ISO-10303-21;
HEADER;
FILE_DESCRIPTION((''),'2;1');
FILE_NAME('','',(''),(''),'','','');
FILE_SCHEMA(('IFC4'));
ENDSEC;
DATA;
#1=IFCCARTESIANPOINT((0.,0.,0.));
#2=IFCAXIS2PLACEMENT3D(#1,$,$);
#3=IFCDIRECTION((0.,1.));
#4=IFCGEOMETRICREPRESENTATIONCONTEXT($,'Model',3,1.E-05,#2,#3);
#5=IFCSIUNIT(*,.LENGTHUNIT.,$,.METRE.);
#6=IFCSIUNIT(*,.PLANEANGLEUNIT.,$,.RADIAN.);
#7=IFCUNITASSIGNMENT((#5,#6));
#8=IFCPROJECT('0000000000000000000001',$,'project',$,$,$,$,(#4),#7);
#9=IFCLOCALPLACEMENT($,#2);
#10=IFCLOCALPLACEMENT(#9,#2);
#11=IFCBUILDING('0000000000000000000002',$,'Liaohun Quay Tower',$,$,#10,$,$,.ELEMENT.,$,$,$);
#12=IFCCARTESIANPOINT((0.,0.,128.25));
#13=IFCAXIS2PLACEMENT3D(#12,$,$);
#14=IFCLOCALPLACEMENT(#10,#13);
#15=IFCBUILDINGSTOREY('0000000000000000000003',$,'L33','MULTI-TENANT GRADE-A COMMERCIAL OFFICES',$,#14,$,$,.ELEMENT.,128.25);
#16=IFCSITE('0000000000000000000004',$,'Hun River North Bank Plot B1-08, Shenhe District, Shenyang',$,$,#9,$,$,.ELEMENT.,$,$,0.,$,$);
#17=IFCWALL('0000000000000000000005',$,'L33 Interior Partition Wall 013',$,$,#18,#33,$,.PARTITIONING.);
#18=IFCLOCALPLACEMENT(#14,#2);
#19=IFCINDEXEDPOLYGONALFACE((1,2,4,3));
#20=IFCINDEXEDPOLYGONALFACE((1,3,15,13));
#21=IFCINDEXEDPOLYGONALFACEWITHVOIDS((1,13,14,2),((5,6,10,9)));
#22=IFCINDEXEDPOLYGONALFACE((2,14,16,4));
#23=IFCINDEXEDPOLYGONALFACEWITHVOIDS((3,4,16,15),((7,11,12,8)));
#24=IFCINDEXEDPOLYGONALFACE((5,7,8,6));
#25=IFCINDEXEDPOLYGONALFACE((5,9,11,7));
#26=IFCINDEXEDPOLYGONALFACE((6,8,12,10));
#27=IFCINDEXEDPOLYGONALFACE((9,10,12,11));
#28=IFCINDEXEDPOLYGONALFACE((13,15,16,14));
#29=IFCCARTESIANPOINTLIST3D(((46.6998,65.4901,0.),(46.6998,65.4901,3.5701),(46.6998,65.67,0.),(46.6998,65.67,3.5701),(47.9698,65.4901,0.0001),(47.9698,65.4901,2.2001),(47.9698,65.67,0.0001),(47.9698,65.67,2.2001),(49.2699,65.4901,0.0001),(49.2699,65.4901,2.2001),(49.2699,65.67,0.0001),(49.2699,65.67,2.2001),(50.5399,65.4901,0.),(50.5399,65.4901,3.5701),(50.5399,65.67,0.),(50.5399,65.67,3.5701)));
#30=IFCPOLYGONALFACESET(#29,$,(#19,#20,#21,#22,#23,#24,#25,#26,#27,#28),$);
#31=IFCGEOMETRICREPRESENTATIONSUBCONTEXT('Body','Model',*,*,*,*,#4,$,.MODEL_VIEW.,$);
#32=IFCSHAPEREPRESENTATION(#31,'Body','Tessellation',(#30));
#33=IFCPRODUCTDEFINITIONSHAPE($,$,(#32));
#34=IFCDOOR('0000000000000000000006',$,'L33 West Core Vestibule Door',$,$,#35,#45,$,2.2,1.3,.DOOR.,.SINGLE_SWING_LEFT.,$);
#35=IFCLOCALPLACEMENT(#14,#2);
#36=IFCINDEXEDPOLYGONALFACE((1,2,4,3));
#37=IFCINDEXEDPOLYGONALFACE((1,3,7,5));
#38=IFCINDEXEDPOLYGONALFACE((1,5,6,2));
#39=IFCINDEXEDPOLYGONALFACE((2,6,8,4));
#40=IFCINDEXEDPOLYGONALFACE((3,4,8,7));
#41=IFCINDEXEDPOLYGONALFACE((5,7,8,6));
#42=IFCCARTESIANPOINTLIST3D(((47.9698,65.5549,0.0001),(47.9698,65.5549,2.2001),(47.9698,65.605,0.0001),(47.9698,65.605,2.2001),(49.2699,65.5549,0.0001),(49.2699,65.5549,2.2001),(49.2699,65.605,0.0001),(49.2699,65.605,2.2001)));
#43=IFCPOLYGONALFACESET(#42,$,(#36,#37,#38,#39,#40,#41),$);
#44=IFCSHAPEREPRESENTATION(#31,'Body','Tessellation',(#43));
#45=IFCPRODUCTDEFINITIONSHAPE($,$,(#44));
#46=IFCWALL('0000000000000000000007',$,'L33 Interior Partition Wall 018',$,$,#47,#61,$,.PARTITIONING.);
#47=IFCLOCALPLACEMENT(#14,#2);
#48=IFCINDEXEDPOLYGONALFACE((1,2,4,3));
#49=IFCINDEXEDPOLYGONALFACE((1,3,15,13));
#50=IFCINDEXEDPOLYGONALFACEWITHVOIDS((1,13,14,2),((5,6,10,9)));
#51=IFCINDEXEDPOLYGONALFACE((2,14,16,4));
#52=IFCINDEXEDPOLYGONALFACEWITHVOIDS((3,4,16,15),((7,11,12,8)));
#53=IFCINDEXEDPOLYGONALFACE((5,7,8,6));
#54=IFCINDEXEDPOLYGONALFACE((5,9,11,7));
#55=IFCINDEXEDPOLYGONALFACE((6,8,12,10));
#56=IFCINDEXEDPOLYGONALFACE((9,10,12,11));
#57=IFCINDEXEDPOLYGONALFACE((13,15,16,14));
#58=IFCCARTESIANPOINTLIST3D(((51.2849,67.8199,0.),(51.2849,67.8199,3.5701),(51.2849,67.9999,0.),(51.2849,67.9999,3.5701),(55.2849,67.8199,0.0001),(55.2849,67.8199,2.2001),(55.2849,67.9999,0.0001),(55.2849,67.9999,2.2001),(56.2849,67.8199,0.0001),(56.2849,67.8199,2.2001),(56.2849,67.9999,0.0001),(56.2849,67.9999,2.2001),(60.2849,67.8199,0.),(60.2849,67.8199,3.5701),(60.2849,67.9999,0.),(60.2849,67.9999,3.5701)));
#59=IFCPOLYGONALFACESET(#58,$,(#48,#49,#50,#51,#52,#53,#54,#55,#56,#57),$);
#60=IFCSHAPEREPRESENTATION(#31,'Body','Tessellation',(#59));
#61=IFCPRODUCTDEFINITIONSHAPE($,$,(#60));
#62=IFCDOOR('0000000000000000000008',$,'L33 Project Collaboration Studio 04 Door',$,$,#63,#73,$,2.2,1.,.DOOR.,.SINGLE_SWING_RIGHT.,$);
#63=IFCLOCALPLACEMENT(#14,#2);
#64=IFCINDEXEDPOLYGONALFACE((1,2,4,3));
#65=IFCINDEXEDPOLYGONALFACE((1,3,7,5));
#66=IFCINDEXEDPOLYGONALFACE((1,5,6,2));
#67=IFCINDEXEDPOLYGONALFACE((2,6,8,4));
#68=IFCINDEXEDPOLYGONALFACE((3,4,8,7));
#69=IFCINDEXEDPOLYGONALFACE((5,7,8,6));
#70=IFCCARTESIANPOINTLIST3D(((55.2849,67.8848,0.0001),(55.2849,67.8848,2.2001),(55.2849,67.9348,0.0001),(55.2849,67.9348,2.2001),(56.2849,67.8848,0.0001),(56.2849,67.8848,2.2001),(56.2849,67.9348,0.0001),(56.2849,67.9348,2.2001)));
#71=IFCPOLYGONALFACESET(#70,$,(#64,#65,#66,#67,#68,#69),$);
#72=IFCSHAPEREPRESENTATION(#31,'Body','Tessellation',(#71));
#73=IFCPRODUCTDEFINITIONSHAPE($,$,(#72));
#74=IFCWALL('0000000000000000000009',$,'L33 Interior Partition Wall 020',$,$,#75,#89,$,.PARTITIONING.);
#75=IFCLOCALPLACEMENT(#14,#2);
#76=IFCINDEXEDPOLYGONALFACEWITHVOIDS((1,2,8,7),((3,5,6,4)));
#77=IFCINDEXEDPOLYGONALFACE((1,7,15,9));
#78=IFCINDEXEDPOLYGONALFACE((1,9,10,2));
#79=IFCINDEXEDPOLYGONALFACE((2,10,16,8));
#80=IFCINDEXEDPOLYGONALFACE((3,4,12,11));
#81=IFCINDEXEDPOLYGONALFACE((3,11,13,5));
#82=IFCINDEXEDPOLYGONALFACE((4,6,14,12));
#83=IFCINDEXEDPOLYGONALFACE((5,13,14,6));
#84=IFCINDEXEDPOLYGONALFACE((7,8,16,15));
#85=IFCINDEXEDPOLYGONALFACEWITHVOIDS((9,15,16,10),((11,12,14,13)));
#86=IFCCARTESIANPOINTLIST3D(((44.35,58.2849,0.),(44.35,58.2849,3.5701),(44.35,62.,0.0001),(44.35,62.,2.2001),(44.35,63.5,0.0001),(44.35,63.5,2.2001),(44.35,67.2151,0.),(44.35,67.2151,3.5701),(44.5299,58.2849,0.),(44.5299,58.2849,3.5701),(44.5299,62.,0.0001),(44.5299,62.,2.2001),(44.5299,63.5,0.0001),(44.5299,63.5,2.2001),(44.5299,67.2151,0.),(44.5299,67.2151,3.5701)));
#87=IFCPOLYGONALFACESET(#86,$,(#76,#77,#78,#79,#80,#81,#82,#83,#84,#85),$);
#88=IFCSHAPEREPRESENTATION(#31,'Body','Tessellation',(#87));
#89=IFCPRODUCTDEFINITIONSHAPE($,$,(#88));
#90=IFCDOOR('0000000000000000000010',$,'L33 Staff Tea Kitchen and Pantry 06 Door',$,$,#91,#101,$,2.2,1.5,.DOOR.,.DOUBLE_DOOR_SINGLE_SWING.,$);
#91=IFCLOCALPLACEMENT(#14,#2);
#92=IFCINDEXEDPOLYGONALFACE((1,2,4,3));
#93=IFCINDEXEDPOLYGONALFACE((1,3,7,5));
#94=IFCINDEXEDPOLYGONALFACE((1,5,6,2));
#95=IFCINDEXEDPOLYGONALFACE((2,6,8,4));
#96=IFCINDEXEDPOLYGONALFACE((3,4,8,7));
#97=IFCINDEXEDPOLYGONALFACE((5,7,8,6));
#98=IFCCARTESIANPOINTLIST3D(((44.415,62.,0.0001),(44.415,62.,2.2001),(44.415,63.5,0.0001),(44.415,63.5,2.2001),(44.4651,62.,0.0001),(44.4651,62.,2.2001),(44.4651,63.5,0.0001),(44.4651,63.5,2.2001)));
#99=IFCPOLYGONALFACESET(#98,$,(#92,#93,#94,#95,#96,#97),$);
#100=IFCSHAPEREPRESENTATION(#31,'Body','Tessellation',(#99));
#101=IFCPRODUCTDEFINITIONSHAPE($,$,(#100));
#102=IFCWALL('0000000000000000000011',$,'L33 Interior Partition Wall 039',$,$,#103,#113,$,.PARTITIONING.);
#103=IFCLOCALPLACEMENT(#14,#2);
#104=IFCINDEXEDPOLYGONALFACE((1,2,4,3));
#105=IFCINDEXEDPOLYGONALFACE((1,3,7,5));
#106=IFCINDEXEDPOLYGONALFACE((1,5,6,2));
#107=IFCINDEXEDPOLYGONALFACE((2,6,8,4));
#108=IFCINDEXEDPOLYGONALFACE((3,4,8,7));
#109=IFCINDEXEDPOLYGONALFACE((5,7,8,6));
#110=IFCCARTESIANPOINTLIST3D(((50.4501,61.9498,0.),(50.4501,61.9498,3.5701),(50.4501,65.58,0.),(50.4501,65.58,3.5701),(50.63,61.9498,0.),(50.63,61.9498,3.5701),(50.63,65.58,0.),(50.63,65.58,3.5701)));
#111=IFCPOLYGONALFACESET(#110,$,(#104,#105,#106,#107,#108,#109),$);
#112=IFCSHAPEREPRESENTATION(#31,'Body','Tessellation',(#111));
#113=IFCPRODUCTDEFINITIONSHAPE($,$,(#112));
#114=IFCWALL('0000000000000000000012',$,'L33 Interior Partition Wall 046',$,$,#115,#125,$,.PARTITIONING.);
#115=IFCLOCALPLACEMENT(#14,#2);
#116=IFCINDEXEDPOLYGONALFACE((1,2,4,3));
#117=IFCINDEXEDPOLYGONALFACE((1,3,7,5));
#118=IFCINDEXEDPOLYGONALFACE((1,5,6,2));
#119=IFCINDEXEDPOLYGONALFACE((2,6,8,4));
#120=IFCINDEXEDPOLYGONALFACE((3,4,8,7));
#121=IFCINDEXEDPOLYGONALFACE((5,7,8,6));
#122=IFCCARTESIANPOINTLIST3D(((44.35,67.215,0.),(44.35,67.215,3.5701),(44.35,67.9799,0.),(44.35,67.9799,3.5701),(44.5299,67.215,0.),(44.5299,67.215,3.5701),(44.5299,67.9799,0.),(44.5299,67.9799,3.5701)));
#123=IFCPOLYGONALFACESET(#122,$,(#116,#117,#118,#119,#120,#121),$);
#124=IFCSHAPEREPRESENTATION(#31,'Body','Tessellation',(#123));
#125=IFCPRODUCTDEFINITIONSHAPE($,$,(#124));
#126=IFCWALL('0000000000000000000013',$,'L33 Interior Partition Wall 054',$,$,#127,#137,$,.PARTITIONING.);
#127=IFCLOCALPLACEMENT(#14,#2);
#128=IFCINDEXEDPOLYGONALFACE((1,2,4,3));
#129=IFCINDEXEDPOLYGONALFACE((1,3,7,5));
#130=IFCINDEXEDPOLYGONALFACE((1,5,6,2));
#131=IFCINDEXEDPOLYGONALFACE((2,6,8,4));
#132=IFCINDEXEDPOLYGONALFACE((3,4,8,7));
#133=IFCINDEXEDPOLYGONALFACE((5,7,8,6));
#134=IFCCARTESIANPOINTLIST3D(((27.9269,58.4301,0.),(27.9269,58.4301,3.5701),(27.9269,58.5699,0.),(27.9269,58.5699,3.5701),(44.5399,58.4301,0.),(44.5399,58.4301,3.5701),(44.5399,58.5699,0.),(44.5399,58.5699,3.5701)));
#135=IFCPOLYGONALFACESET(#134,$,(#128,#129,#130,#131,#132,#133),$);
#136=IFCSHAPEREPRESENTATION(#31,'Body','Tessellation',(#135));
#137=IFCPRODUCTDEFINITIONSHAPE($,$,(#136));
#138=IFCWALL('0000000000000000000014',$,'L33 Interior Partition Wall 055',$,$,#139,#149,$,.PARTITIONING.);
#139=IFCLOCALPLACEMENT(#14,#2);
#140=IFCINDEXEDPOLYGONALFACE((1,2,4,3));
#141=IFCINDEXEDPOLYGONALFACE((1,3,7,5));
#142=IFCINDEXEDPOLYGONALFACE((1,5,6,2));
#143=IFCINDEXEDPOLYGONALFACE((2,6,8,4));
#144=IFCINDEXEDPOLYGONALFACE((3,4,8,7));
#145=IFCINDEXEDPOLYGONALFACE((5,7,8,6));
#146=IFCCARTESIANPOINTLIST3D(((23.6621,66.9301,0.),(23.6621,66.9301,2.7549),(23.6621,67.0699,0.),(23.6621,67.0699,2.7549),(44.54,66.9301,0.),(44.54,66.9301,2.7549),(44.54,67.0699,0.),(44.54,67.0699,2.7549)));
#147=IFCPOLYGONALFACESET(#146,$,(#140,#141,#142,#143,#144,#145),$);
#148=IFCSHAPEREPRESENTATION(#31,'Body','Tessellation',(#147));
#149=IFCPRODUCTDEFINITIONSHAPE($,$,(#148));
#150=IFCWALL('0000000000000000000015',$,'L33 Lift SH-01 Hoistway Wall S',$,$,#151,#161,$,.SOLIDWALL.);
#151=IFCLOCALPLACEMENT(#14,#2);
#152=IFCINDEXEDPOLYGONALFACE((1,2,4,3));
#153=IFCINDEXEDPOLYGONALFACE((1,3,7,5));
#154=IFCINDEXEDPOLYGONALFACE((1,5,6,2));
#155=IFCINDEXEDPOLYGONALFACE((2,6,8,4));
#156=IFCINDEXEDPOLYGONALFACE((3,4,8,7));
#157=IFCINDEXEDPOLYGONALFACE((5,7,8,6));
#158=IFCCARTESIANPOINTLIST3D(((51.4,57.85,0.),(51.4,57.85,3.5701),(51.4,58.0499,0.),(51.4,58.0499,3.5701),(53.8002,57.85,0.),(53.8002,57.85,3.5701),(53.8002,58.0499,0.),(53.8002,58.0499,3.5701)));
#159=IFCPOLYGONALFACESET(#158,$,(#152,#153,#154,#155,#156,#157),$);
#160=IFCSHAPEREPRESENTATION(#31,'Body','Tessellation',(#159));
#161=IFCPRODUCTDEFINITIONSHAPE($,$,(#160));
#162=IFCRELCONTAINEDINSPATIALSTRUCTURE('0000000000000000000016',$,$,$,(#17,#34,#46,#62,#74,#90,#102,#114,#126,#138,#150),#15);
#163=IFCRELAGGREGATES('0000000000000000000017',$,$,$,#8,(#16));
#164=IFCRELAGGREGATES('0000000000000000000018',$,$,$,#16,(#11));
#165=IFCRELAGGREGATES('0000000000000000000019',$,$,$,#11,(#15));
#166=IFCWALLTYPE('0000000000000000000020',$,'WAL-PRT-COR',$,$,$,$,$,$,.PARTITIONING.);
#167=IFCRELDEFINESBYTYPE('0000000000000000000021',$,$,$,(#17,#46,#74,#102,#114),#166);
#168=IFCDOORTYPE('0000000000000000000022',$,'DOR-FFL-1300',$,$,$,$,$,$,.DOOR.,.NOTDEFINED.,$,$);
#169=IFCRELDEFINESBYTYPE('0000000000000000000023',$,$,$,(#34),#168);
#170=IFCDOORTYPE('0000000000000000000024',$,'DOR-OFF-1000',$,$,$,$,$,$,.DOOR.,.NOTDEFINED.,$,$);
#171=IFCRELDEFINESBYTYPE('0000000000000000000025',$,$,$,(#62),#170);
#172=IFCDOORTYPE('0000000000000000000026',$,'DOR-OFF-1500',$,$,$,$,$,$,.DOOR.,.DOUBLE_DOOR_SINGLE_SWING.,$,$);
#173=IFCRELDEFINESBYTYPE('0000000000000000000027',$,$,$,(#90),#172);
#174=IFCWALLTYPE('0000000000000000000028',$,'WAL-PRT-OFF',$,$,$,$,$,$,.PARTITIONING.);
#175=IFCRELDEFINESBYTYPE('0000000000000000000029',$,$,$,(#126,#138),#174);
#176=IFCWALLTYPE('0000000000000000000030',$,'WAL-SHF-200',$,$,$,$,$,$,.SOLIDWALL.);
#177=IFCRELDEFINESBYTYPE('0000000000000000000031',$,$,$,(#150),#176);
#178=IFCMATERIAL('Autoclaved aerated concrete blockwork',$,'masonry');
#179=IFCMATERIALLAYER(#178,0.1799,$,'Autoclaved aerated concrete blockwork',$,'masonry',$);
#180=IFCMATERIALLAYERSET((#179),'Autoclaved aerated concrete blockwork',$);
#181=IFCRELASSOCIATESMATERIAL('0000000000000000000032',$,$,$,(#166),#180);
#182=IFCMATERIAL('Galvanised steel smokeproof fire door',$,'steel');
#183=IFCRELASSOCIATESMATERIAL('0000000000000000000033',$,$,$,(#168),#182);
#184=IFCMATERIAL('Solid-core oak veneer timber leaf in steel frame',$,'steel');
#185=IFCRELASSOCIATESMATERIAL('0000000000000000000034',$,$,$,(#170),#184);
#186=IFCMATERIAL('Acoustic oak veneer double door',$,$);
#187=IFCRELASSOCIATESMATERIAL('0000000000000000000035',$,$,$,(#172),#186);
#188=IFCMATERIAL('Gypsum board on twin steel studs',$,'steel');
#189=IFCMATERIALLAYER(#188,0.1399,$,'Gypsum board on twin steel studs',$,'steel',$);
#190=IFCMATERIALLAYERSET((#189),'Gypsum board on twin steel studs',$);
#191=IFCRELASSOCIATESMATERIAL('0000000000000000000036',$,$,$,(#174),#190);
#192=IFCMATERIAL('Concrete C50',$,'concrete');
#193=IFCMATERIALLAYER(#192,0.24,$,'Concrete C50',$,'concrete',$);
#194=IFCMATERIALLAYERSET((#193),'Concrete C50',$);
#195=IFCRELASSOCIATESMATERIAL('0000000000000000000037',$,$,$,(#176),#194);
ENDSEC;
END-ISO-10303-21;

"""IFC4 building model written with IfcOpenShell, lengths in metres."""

from ifc_helpers import new_model, si_unit, direction, frame, frame_2d, origin, place, context, subcontext, project, spatial, rectangle, extrude, source, transform, mapped, material, layer, layer_set, type_object, element, fill, save


model = new_model("IFC4")

# Units and contexts
model_context = context("Model", 3, precision=1e-05, world=origin(), true_north=direction((0.0, 1.0)))
body_context = subcontext(model_context, "Body", "Model", "MODEL_VIEW")
ifc_project = project(units=[si_unit("LENGTHUNIT", "METRE"), si_unit("PLANEANGLEUNIT", "RADIAN")], contexts=[model_context])

# Site, building, storey
site_placement = place(None, origin())
site = spatial("IfcSite", under=ifc_project, at=site_placement, Name="Hun River North Bank Plot B1-08, Shenhe District, Shenyang", CompositionType="ELEMENT", RefElevation=0.0)
building_placement = place(site_placement, origin())
building = spatial("IfcBuilding", under=site, at=building_placement, Name="Liaohun Quay Tower", CompositionType="ELEMENT")
storey_placement = place(building_placement, frame((0.0, 0.0, 128.25)))
storey = spatial("IfcBuildingStorey", under=building, at=storey_placement, Name="L33", Description="MULTI-TENANT GRADE-A COMMERCIAL OFFICES", CompositionType="ELEMENT", Elevation=128.25)

# Walls, openings, doors
ifc_material_1 = material(Name="Autoclaved aerated concrete blockwork", Category="masonry")
ifc_layer_1 = layer(ifc_material_1, 0.1799, Name="Autoclaved aerated concrete blockwork", Category="masonry")
ifc_layer_set_1 = layer_set([ifc_layer_1], Name="Autoclaved aerated concrete blockwork")
wall_type_1 = type_object("IfcWallType", Name="WAL-PRT-COR", PredefinedType="PARTITIONING", material=ifc_layer_set_1)
wall_1_placement = place(storey_placement, frame((46.7, 65.5801, 0.0), z_axis=(0.0, 0.0, 1.0), x_axis=(1.0, 0.0, 0.0)))
wall_1 = element("IfcWall", 1, at=wall_1_placement, inside=storey, type_object=wall_type_1, Name="L33 Interior Partition Wall 013", PredefinedType="PARTITIONING", context=body_context, shape_type="SweptSolid", body=[
    extrude(rectangle(XDim=3.8401, YDim=0.1799, at=frame_2d((1.9199, 0.0))), origin(), (0.0, 0.0, 1.0), 3.5701),
])
shared_shape_1 = source(origin(), body_context, "Body", "SweptSolid", [
    extrude(rectangle(XDim=1.3, YDim=2.2, at=frame_2d((0.6499, 1.1001))), frame((0.0, 0.0999, 0.0), z_axis=(0.0, -1.0, 0.0), x_axis=(1.0, 0.0, 0.0)), (0.0, 0.0, 1.0), 0.2),
])
opening_1_placement = place(wall_1_placement, frame((1.27, 0.0, 0.0)))
opening_1 = element("IfcOpeningElement", 2, at=opening_1_placement, cuts=wall_1, PredefinedType="OPENING", context=body_context, shape_type="MappedRepresentation", body=[
    mapped(shared_shape_1, transform((0.0, 0.0, 0.0), x_axis=(1.0, 0.0, 0.0), y_axis=(0.0, 1.0, 0.0), z_axis=(0.0, 0.0, 1.0), scale=1.0)),
])
ifc_material_2 = material(Name="Galvanised steel smokeproof fire door", Category="steel")
door_type_1 = type_object("IfcDoorType", Name="DOR-FFL-1300", OperationType="NOTDEFINED", PredefinedType="DOOR", material=ifc_material_2)
shared_shape_2 = source(origin(), body_context, "Body", "SweptSolid", [
    extrude(rectangle(XDim=1.3, YDim=2.2, at=frame_2d((0.6499, 1.1001))), frame((0.0, 0.0249, 0.0), z_axis=(0.0, -1.0, 0.0), x_axis=(1.0, 0.0, 0.0)), (0.0, 0.0, 1.0), 0.05),
])
door_1_placement = place(opening_1_placement, origin())
door_1 = element("IfcDoor", 3, at=door_1_placement, inside=storey, type_object=door_type_1, Name="L33 West Core Vestibule Door", OperationType="SINGLE_SWING_LEFT", OverallHeight=2.2, OverallWidth=1.3, PredefinedType="DOOR", context=body_context, shape_type="MappedRepresentation", body=[
    mapped(shared_shape_2, transform((0.0, 0.0, 0.0), x_axis=(1.0, 0.0, 0.0), y_axis=(0.0, 1.0, 0.0), z_axis=(0.0, 0.0, 1.0), scale=1.0)),
])
fill(opening_1, door_1)
wall_2_placement = place(storey_placement, frame((51.2849, 67.9099, 0.0), z_axis=(0.0, 0.0, 1.0), x_axis=(1.0, 0.0, 0.0)))
wall_2 = element("IfcWall", 4, at=wall_2_placement, inside=storey, type_object=wall_type_1, Name="L33 Interior Partition Wall 018", PredefinedType="PARTITIONING", context=body_context, shape_type="SweptSolid", body=[
    extrude(rectangle(XDim=9.0, YDim=0.1799, at=frame_2d((4.5, 0.0))), origin(), (0.0, 0.0, 1.0), 3.5701),
])
shared_shape_3 = source(origin(), body_context, "Body", "SweptSolid", [
    extrude(rectangle(XDim=1.0, YDim=2.2, at=frame_2d((0.5, 1.1001))), frame((0.0, 0.0999, 0.0), z_axis=(0.0, -1.0, 0.0), x_axis=(1.0, 0.0, 0.0)), (0.0, 0.0, 1.0), 0.2),
])
opening_2_placement = place(wall_2_placement, frame((4.0, 0.0, 0.0)))
opening_2 = element("IfcOpeningElement", 5, at=opening_2_placement, cuts=wall_2, PredefinedType="OPENING", context=body_context, shape_type="MappedRepresentation", body=[
    mapped(shared_shape_3, transform((0.0, 0.0, 0.0), x_axis=(1.0, 0.0, 0.0), y_axis=(0.0, 1.0, 0.0), z_axis=(0.0, 0.0, 1.0), scale=1.0)),
])
ifc_material_3 = material(Name="Solid-core oak veneer timber leaf in steel frame", Category="steel")
door_type_2 = type_object("IfcDoorType", Name="DOR-OFF-1000", OperationType="NOTDEFINED", PredefinedType="DOOR", material=ifc_material_3)
shared_shape_4 = source(origin(), body_context, "Body", "SweptSolid", [
    extrude(rectangle(XDim=1.0, YDim=2.2, at=frame_2d((0.5, 1.1001))), frame((0.0, 0.0249, 0.0), z_axis=(0.0, -1.0, 0.0), x_axis=(1.0, 0.0, 0.0)), (0.0, 0.0, 1.0), 0.05),
])
door_2_placement = place(opening_2_placement, origin())
door_2 = element("IfcDoor", 6, at=door_2_placement, inside=storey, type_object=door_type_2, Name="L33 Project Collaboration Studio 04 Door", OperationType="SINGLE_SWING_RIGHT", OverallHeight=2.2, OverallWidth=1.0, PredefinedType="DOOR", context=body_context, shape_type="MappedRepresentation", body=[
    mapped(shared_shape_4, transform((0.0, 0.0, 0.0), x_axis=(1.0, 0.0, 0.0), y_axis=(0.0, 1.0, 0.0), z_axis=(0.0, 0.0, 1.0), scale=1.0)),
])
fill(opening_2, door_2)
wall_3_placement = place(storey_placement, frame((44.4399, 58.2849, 0.0), z_axis=(0.0, 0.0, 1.0), x_axis=(0.0, 1.0, 0.0)))
wall_3 = element("IfcWall", 7, at=wall_3_placement, inside=storey, type_object=wall_type_1, Name="L33 Interior Partition Wall 020", PredefinedType="PARTITIONING", context=body_context, shape_type="SweptSolid", body=[
    extrude(rectangle(XDim=8.9302, YDim=0.1799, at=frame_2d((4.4651, 0.0))), origin(), (0.0, 0.0, 1.0), 3.5701),
])
shared_shape_5 = source(origin(), body_context, "Body", "SweptSolid", [
    extrude(rectangle(XDim=1.5, YDim=2.2, at=frame_2d((0.75, 1.1001))), frame((0.0, 0.0999, 0.0), z_axis=(0.0, -1.0, 0.0), x_axis=(1.0, 0.0, 0.0)), (0.0, 0.0, 1.0), 0.2),
])
opening_3_placement = place(wall_3_placement, frame((3.7151, 0.0, 0.0)))
opening_3 = element("IfcOpeningElement", 8, at=opening_3_placement, cuts=wall_3, PredefinedType="OPENING", context=body_context, shape_type="MappedRepresentation", body=[
    mapped(shared_shape_5, transform((0.0, 0.0, 0.0), x_axis=(1.0, 0.0, 0.0), y_axis=(0.0, 1.0, 0.0), z_axis=(0.0, 0.0, 1.0), scale=1.0)),
])
ifc_material_4 = material(Name="Acoustic oak veneer double door")
door_type_3 = type_object("IfcDoorType", Name="DOR-OFF-1500", OperationType="DOUBLE_DOOR_SINGLE_SWING", PredefinedType="DOOR", material=ifc_material_4)
shared_shape_6 = source(origin(), body_context, "Body", "SweptSolid", [
    extrude(rectangle(XDim=1.5, YDim=2.2, at=frame_2d((0.75, 1.1001))), frame((0.0, 0.0249, 0.0), z_axis=(0.0, -1.0, 0.0), x_axis=(1.0, 0.0, 0.0)), (0.0, 0.0, 1.0), 0.05),
])
door_3_placement = place(opening_3_placement, origin())
door_3 = element("IfcDoor", 9, at=door_3_placement, inside=storey, type_object=door_type_3, Name="L33 Staff Tea Kitchen and Pantry 06 Door", OperationType="DOUBLE_DOOR_SINGLE_SWING", OverallHeight=2.2, OverallWidth=1.5, PredefinedType="DOOR", context=body_context, shape_type="MappedRepresentation", body=[
    mapped(shared_shape_6, transform((0.0, 0.0, 0.0), x_axis=(1.0, 0.0, 0.0), y_axis=(0.0, 1.0, 0.0), z_axis=(0.0, 0.0, 1.0), scale=1.0)),
])
fill(opening_3, door_3)

# Walls
wall_4_placement = place(storey_placement, frame((50.54, 61.95, 0.0), z_axis=(0.0, 0.0, 1.0), x_axis=(0.0, 1.0, 0.0)))
element("IfcWall", 10, at=wall_4_placement, inside=storey, type_object=wall_type_1, Name="L33 Interior Partition Wall 039", PredefinedType="PARTITIONING", context=body_context, shape_type="SweptSolid", body=[
    extrude(rectangle(XDim=3.6301, YDim=0.1799, at=frame_2d((1.8149, 0.0))), origin(), (0.0, 0.0, 1.0), 3.5701),
])
wall_5_placement = place(storey_placement, frame((44.4399, 67.2151, 0.0), z_axis=(0.0, 0.0, 1.0), x_axis=(0.0, 1.0, 0.0)))
element("IfcWall", 11, at=wall_5_placement, inside=storey, type_object=wall_type_1, Name="L33 Interior Partition Wall 046", PredefinedType="PARTITIONING", context=body_context, shape_type="SweptSolid", body=[
    extrude(rectangle(XDim=0.7649, YDim=0.1799, at=frame_2d((0.3823, 0.0))), origin(), (0.0, 0.0, 1.0), 3.5701),
])
ifc_material_5 = material(Name="Gypsum board on twin steel studs", Category="steel")
ifc_layer_2 = layer(ifc_material_5, 0.1399, Name="Gypsum board on twin steel studs", Category="steel")
ifc_layer_set_2 = layer_set([ifc_layer_2], Name="Gypsum board on twin steel studs")
wall_type_2 = type_object("IfcWallType", Name="WAL-PRT-OFF", PredefinedType="PARTITIONING", material=ifc_layer_set_2)
wall_6_placement = place(storey_placement, frame((44.54, 58.5, 0.0), z_axis=(0.0, 0.0, 1.0), x_axis=(-1.0, 0.0, 0.0)))
element("IfcWall", 12, at=wall_6_placement, inside=storey, type_object=wall_type_2, Name="L33 Interior Partition Wall 054", PredefinedType="PARTITIONING", context=body_context, shape_type="SweptSolid", body=[
    extrude(rectangle(XDim=16.613, YDim=0.1399, at=frame_2d((8.3066, 0.0))), origin(), (0.0, 0.0, 1.0), 3.5701),
])
wall_7_placement = place(storey_placement, frame((44.54, 67.0, 0.0), z_axis=(0.0, 0.0, 1.0), x_axis=(-1.0, 0.0, 0.0)))
element("IfcWall", 13, at=wall_7_placement, inside=storey, type_object=wall_type_2, Name="L33 Interior Partition Wall 055", PredefinedType="PARTITIONING", context=body_context, shape_type="SweptSolid", body=[
    extrude(rectangle(XDim=20.8779, YDim=0.1399, at=frame_2d((10.439, 0.0))), origin(), (0.0, 0.0, 1.0), 2.7549),
])
ifc_material_6 = material(Name="Concrete C50", Category="concrete")
ifc_layer_3 = layer(ifc_material_6, 0.24, Name="Concrete C50", Category="concrete")
ifc_layer_set_3 = layer_set([ifc_layer_3], Name="Concrete C50")
wall_type_3 = type_object("IfcWallType", Name="WAL-SHF-200", PredefinedType="SOLIDWALL", material=ifc_layer_set_3)
wall_8_placement = place(storey_placement, frame((51.3999, 57.95, 0.0), z_axis=(0.0, 0.0, 1.0), x_axis=(1.0, 0.0, 0.0)))
element("IfcWall", 14, at=wall_8_placement, inside=storey, type_object=wall_type_3, Name="L33 Lift SH-01 Hoistway Wall S", PredefinedType="SOLIDWALL", context=body_context, shape_type="SweptSolid", body=[
    extrude(rectangle(XDim=2.4001, YDim=0.2, at=frame_2d((1.2002, 0.0))), origin(), (0.0, 0.0, 1.0), 3.5701),
])

save(model, "model.ifc")
